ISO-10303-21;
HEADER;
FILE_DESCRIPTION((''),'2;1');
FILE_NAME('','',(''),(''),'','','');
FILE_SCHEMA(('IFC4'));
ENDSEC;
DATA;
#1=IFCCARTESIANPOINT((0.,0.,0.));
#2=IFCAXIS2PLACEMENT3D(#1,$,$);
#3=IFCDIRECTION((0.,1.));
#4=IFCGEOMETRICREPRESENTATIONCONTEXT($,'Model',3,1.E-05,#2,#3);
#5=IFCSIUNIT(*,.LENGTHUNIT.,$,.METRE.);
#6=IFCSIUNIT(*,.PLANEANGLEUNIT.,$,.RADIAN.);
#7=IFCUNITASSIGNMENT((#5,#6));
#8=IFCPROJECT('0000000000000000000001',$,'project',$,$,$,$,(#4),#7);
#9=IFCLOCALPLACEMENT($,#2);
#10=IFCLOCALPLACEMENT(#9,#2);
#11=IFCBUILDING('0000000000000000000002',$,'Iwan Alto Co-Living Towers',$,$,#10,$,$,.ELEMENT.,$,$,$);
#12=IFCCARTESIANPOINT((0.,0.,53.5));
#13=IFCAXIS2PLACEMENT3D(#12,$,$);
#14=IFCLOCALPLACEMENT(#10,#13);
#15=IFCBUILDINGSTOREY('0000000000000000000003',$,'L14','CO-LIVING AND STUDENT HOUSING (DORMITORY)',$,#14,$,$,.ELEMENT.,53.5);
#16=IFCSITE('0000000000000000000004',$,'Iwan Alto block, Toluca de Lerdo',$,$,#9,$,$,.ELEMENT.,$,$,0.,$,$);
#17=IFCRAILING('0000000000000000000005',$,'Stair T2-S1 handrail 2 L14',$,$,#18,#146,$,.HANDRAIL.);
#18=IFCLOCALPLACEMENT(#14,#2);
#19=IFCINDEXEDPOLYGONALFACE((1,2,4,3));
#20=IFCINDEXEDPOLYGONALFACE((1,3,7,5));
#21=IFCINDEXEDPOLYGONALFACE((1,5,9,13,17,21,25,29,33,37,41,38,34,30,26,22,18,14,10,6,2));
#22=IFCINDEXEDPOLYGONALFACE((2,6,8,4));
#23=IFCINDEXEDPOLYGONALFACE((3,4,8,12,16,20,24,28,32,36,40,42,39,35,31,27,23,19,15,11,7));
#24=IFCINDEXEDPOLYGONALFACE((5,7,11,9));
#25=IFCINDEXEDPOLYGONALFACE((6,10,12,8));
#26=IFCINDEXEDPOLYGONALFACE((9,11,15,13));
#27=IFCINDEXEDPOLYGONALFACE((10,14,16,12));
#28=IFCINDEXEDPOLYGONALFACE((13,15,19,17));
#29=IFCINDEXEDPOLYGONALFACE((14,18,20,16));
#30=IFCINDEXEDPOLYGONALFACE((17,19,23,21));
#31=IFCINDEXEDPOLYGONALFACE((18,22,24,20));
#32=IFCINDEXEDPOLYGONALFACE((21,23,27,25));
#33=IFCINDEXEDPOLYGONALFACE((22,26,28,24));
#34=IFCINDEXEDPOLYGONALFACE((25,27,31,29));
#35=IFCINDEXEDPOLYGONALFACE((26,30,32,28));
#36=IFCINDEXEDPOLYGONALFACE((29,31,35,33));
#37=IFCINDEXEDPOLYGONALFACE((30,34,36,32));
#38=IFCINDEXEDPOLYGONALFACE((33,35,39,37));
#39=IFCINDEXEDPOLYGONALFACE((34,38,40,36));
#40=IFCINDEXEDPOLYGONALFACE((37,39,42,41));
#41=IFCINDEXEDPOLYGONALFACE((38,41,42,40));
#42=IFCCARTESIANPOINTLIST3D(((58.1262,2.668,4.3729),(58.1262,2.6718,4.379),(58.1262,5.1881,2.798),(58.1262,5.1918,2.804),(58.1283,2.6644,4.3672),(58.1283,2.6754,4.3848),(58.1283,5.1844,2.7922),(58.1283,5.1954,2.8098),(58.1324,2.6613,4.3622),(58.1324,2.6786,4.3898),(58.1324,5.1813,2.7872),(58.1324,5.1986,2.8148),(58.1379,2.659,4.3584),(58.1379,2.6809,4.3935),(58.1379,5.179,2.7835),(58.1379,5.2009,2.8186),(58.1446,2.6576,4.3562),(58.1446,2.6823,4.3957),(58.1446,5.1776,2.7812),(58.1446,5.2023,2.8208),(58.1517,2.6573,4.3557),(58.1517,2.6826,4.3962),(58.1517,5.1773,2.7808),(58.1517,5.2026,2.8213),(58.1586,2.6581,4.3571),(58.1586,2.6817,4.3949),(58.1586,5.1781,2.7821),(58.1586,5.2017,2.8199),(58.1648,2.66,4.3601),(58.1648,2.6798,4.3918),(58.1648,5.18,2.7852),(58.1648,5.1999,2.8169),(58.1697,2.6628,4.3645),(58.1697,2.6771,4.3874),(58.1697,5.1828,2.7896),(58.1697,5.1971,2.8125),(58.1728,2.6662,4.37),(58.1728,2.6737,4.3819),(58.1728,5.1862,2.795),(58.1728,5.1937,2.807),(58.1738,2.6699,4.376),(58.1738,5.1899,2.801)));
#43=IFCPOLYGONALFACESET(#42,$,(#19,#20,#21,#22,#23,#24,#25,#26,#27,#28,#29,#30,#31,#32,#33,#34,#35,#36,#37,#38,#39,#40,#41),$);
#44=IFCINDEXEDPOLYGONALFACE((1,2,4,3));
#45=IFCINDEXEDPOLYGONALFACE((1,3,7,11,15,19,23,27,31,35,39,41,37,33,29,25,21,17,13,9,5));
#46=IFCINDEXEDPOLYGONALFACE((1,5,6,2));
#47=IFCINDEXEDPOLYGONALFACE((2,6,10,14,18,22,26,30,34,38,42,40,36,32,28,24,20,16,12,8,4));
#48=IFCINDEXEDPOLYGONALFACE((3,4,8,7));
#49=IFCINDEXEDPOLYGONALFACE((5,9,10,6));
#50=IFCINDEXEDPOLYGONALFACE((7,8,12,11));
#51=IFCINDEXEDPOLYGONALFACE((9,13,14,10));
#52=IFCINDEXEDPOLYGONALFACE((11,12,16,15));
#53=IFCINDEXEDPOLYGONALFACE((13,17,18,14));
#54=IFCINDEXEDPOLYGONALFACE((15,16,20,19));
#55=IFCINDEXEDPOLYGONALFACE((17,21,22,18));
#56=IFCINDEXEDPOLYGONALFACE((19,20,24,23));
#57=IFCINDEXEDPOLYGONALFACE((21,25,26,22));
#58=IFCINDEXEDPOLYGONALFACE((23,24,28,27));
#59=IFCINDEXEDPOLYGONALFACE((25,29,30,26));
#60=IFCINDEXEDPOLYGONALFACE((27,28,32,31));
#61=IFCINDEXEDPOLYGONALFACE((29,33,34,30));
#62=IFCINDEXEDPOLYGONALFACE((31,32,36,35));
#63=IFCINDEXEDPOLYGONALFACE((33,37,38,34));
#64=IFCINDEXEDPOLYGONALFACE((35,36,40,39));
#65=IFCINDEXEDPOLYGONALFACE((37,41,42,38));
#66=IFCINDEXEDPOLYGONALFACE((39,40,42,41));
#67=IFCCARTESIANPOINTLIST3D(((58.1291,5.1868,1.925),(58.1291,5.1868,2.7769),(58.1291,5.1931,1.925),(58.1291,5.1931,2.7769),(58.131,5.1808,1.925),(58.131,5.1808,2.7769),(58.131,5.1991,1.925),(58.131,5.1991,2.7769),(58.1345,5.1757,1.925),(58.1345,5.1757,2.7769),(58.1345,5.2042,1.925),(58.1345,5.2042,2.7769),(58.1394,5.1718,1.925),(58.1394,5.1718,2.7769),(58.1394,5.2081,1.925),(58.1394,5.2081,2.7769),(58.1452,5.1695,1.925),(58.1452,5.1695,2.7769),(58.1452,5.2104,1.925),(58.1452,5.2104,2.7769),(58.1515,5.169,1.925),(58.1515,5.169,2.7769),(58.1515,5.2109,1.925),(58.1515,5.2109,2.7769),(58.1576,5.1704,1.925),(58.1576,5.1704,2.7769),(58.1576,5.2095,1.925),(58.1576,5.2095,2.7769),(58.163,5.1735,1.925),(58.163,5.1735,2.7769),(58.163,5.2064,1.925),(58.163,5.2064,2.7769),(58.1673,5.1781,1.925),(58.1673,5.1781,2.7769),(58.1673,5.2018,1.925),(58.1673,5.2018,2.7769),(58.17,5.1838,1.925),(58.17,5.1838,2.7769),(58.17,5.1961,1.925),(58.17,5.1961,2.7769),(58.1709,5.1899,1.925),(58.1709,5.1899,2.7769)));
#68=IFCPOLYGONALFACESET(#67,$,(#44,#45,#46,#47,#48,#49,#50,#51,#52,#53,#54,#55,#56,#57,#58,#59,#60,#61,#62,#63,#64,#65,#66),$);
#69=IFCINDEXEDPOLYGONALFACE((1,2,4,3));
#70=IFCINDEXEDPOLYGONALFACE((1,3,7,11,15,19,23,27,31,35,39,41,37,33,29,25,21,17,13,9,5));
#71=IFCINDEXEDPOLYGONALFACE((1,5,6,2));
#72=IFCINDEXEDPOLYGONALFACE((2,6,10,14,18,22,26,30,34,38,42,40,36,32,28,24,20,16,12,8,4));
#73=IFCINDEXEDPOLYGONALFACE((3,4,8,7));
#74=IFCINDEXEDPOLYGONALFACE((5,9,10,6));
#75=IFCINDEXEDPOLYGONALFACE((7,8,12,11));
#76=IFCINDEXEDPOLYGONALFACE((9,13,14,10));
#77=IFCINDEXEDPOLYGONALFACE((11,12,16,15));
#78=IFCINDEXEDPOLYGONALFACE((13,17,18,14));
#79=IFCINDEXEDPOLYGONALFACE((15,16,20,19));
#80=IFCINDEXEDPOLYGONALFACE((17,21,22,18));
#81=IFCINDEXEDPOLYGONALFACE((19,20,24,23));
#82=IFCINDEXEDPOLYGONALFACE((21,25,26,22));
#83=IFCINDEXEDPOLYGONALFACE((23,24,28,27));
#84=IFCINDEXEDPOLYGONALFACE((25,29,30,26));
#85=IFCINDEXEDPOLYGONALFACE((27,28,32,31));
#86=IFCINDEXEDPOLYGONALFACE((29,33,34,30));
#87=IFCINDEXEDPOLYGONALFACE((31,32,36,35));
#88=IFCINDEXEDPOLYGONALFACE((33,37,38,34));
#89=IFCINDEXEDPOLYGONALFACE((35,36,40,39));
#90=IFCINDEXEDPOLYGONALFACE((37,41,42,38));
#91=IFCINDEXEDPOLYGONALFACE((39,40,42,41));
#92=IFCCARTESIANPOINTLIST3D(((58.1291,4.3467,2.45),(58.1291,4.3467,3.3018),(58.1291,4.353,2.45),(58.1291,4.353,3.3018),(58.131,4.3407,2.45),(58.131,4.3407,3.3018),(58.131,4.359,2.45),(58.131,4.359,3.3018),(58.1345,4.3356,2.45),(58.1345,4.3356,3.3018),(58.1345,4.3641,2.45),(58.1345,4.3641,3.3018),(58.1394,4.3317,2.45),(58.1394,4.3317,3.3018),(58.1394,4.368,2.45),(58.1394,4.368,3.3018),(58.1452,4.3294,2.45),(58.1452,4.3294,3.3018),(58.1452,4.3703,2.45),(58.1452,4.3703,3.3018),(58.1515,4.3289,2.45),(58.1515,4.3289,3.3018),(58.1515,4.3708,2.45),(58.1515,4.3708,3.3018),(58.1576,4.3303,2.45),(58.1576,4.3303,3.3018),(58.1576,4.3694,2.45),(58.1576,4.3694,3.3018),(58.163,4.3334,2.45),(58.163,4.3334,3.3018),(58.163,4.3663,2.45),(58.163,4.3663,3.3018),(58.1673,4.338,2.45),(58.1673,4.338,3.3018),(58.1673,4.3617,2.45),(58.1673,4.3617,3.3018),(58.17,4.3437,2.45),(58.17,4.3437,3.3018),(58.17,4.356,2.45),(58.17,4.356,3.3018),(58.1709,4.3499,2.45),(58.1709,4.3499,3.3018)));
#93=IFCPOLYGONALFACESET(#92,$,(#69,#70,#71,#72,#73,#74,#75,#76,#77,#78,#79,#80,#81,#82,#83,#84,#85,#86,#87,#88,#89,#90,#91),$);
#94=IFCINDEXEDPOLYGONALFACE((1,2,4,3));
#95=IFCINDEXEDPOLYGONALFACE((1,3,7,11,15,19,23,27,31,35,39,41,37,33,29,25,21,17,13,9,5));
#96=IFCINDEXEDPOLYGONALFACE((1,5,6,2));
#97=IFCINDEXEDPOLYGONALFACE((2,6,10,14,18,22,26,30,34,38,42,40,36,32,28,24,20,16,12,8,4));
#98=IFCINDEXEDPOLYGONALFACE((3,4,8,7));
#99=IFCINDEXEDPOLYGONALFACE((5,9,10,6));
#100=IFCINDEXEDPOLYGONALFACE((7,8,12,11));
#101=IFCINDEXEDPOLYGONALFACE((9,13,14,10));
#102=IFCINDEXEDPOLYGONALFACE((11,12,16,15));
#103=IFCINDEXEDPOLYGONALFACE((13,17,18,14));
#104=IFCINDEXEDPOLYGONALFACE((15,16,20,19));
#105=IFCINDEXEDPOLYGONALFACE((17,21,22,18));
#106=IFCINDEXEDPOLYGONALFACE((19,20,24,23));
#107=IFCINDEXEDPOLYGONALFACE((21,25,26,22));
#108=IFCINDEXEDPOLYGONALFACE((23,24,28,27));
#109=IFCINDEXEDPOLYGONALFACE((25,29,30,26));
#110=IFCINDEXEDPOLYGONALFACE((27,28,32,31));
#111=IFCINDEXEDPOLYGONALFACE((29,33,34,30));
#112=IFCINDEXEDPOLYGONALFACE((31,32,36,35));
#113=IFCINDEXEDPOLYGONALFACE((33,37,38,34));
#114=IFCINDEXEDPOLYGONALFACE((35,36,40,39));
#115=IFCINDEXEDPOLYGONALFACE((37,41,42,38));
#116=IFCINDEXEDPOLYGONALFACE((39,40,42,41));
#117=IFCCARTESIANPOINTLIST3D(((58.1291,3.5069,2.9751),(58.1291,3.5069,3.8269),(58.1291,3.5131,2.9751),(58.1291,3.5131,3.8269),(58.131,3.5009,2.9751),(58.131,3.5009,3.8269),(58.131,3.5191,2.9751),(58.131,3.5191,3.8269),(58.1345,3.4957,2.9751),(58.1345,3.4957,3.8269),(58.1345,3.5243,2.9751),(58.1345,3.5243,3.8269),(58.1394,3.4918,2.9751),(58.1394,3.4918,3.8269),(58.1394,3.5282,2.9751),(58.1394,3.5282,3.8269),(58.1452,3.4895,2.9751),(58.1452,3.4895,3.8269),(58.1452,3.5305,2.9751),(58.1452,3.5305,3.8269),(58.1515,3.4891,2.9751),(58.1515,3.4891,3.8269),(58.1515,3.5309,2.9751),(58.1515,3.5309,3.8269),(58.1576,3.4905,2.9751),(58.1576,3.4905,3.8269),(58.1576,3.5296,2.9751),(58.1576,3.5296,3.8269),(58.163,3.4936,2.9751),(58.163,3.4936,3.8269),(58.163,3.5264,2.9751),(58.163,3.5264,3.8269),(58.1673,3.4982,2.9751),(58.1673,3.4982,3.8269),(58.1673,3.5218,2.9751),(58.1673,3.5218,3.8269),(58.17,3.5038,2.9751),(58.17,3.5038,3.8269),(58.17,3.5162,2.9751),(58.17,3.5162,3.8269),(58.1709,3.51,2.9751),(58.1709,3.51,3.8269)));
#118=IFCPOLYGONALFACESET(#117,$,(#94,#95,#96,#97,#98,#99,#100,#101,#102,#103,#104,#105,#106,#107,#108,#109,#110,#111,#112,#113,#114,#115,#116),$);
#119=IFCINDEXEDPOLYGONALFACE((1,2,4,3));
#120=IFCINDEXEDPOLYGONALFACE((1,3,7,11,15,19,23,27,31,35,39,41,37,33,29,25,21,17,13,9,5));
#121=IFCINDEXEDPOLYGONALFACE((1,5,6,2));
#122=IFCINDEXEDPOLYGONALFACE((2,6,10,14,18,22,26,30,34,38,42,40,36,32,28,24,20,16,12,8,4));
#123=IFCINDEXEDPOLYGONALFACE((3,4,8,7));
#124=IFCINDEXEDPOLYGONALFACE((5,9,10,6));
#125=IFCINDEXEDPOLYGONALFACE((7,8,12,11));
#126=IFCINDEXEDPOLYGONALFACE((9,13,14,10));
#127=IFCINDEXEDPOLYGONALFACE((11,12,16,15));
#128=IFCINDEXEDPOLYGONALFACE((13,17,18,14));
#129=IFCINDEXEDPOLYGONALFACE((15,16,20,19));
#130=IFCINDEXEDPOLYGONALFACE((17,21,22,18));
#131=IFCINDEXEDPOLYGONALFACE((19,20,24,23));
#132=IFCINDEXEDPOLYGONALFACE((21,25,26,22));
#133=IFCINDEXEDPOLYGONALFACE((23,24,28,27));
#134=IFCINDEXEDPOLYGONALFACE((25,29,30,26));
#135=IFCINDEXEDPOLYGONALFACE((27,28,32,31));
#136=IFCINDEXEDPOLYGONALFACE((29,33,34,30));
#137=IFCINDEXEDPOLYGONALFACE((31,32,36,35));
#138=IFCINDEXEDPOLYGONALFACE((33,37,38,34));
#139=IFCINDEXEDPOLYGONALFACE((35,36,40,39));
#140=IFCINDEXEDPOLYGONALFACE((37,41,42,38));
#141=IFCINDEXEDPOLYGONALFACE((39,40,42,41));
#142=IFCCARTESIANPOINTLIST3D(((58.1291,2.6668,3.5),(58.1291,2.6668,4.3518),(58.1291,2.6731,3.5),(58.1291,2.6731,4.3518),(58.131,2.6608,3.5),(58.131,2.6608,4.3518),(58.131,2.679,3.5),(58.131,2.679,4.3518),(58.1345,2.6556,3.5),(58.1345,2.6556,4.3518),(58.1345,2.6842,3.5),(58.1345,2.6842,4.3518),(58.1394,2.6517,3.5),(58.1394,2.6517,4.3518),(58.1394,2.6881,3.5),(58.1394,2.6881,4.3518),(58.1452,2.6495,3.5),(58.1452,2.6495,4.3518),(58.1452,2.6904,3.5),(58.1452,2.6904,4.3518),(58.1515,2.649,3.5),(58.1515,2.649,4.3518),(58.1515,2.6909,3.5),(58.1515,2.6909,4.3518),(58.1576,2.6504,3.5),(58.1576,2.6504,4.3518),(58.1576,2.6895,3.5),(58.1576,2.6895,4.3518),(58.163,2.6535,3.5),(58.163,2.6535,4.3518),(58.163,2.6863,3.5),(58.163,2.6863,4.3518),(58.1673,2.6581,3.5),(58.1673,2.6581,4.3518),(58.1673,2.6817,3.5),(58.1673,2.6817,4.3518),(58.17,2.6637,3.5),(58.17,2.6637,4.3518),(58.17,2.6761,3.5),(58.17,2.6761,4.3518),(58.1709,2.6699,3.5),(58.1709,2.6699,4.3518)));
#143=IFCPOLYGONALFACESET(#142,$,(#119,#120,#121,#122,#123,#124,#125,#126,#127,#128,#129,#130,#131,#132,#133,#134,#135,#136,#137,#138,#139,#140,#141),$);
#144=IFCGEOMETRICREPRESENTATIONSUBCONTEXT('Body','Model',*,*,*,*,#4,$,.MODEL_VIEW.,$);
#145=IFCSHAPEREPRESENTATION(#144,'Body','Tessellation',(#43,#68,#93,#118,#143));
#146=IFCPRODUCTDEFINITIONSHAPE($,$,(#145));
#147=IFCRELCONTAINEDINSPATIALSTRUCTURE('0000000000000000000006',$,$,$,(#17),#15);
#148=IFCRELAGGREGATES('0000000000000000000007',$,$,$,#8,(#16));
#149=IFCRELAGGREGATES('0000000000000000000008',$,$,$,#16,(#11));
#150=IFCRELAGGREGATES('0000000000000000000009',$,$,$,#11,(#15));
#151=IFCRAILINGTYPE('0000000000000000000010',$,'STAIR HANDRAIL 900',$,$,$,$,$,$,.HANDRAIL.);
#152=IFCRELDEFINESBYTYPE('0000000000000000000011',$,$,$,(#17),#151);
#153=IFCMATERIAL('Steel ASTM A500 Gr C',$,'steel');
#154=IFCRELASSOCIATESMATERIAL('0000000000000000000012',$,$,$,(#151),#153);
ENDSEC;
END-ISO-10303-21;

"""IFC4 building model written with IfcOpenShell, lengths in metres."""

from ifc_helpers import new_model, si_unit, direction, frame, origin, origin_2d, place, context, subcontext, project, spatial, circle, extrude, material, type_object, element, save


model = new_model("IFC4")

# Units and contexts
model_context = context("Model", 3, precision=1e-05, world=origin(), true_north=direction((0.0, 1.0)))
body_context = subcontext(model_context, "Body", "Model", "MODEL_VIEW")
ifc_project = project(units=[si_unit("LENGTHUNIT", "METRE"), si_unit("PLANEANGLEUNIT", "RADIAN")], contexts=[model_context])

# Site, building, storey
site_placement = place(None, origin())
site = spatial("IfcSite", under=ifc_project, at=site_placement, Name="Iwan Alto block, Toluca de Lerdo", CompositionType="ELEMENT", RefElevation=0.0)
building_placement = place(site_placement, origin())
building = spatial("IfcBuilding", under=site, at=building_placement, Name="Iwan Alto Co-Living Towers", CompositionType="ELEMENT")
storey_placement = place(building_placement, frame((0.0, 0.0, 53.5)))
storey = spatial("IfcBuildingStorey", under=building, at=storey_placement, Name="L14", Description="CO-LIVING AND STUDENT HOUSING (DORMITORY)", CompositionType="ELEMENT", Elevation=53.5)

# Railing
ifc_material_1 = material(Name="Steel ASTM A500 Gr C", Category="steel")
railing_type_1 = type_object("IfcRailingType", Name="STAIR HANDRAIL 900", PredefinedType="HANDRAIL", material=ifc_material_1)
railing_1_placement = place(storey_placement, frame((58.1499, 5.1899, 1.925)))
element("IfcRailing", 1, at=railing_1_placement, inside=storey, type_object=railing_type_1, Name="Stair T2-S1 handrail 2 L14", PredefinedType="HANDRAIL", context=body_context, shape_type="SweptSolid", body=[
    extrude(circle(Radius=0.0239, at=origin_2d()), frame((0.0, 0.0, 0.876), z_axis=(0.0, -0.848008, 0.529984), x_axis=(1.0, 0.0, 0.0)), (0.0, 0.0, 1.0), 2.9717),
    extrude(circle(Radius=0.021, at=origin_2d()), origin(), (0.0, 0.0, 1.0), 0.8518),
    extrude(circle(Radius=0.021, at=origin_2d()), frame((0.0, -0.8401, 0.5249)), (0.0, 0.0, 1.0), 0.8518),
    extrude(circle(Radius=0.021, at=origin_2d()), frame((0.0, -1.6799, 1.05)), (0.0, 0.0, 1.0), 0.8518),
    extrude(circle(Radius=0.021, at=origin_2d()), frame((0.0, -2.52, 1.575)), (0.0, 0.0, 1.0), 0.8518),
])

save(model, "model.ifc")
